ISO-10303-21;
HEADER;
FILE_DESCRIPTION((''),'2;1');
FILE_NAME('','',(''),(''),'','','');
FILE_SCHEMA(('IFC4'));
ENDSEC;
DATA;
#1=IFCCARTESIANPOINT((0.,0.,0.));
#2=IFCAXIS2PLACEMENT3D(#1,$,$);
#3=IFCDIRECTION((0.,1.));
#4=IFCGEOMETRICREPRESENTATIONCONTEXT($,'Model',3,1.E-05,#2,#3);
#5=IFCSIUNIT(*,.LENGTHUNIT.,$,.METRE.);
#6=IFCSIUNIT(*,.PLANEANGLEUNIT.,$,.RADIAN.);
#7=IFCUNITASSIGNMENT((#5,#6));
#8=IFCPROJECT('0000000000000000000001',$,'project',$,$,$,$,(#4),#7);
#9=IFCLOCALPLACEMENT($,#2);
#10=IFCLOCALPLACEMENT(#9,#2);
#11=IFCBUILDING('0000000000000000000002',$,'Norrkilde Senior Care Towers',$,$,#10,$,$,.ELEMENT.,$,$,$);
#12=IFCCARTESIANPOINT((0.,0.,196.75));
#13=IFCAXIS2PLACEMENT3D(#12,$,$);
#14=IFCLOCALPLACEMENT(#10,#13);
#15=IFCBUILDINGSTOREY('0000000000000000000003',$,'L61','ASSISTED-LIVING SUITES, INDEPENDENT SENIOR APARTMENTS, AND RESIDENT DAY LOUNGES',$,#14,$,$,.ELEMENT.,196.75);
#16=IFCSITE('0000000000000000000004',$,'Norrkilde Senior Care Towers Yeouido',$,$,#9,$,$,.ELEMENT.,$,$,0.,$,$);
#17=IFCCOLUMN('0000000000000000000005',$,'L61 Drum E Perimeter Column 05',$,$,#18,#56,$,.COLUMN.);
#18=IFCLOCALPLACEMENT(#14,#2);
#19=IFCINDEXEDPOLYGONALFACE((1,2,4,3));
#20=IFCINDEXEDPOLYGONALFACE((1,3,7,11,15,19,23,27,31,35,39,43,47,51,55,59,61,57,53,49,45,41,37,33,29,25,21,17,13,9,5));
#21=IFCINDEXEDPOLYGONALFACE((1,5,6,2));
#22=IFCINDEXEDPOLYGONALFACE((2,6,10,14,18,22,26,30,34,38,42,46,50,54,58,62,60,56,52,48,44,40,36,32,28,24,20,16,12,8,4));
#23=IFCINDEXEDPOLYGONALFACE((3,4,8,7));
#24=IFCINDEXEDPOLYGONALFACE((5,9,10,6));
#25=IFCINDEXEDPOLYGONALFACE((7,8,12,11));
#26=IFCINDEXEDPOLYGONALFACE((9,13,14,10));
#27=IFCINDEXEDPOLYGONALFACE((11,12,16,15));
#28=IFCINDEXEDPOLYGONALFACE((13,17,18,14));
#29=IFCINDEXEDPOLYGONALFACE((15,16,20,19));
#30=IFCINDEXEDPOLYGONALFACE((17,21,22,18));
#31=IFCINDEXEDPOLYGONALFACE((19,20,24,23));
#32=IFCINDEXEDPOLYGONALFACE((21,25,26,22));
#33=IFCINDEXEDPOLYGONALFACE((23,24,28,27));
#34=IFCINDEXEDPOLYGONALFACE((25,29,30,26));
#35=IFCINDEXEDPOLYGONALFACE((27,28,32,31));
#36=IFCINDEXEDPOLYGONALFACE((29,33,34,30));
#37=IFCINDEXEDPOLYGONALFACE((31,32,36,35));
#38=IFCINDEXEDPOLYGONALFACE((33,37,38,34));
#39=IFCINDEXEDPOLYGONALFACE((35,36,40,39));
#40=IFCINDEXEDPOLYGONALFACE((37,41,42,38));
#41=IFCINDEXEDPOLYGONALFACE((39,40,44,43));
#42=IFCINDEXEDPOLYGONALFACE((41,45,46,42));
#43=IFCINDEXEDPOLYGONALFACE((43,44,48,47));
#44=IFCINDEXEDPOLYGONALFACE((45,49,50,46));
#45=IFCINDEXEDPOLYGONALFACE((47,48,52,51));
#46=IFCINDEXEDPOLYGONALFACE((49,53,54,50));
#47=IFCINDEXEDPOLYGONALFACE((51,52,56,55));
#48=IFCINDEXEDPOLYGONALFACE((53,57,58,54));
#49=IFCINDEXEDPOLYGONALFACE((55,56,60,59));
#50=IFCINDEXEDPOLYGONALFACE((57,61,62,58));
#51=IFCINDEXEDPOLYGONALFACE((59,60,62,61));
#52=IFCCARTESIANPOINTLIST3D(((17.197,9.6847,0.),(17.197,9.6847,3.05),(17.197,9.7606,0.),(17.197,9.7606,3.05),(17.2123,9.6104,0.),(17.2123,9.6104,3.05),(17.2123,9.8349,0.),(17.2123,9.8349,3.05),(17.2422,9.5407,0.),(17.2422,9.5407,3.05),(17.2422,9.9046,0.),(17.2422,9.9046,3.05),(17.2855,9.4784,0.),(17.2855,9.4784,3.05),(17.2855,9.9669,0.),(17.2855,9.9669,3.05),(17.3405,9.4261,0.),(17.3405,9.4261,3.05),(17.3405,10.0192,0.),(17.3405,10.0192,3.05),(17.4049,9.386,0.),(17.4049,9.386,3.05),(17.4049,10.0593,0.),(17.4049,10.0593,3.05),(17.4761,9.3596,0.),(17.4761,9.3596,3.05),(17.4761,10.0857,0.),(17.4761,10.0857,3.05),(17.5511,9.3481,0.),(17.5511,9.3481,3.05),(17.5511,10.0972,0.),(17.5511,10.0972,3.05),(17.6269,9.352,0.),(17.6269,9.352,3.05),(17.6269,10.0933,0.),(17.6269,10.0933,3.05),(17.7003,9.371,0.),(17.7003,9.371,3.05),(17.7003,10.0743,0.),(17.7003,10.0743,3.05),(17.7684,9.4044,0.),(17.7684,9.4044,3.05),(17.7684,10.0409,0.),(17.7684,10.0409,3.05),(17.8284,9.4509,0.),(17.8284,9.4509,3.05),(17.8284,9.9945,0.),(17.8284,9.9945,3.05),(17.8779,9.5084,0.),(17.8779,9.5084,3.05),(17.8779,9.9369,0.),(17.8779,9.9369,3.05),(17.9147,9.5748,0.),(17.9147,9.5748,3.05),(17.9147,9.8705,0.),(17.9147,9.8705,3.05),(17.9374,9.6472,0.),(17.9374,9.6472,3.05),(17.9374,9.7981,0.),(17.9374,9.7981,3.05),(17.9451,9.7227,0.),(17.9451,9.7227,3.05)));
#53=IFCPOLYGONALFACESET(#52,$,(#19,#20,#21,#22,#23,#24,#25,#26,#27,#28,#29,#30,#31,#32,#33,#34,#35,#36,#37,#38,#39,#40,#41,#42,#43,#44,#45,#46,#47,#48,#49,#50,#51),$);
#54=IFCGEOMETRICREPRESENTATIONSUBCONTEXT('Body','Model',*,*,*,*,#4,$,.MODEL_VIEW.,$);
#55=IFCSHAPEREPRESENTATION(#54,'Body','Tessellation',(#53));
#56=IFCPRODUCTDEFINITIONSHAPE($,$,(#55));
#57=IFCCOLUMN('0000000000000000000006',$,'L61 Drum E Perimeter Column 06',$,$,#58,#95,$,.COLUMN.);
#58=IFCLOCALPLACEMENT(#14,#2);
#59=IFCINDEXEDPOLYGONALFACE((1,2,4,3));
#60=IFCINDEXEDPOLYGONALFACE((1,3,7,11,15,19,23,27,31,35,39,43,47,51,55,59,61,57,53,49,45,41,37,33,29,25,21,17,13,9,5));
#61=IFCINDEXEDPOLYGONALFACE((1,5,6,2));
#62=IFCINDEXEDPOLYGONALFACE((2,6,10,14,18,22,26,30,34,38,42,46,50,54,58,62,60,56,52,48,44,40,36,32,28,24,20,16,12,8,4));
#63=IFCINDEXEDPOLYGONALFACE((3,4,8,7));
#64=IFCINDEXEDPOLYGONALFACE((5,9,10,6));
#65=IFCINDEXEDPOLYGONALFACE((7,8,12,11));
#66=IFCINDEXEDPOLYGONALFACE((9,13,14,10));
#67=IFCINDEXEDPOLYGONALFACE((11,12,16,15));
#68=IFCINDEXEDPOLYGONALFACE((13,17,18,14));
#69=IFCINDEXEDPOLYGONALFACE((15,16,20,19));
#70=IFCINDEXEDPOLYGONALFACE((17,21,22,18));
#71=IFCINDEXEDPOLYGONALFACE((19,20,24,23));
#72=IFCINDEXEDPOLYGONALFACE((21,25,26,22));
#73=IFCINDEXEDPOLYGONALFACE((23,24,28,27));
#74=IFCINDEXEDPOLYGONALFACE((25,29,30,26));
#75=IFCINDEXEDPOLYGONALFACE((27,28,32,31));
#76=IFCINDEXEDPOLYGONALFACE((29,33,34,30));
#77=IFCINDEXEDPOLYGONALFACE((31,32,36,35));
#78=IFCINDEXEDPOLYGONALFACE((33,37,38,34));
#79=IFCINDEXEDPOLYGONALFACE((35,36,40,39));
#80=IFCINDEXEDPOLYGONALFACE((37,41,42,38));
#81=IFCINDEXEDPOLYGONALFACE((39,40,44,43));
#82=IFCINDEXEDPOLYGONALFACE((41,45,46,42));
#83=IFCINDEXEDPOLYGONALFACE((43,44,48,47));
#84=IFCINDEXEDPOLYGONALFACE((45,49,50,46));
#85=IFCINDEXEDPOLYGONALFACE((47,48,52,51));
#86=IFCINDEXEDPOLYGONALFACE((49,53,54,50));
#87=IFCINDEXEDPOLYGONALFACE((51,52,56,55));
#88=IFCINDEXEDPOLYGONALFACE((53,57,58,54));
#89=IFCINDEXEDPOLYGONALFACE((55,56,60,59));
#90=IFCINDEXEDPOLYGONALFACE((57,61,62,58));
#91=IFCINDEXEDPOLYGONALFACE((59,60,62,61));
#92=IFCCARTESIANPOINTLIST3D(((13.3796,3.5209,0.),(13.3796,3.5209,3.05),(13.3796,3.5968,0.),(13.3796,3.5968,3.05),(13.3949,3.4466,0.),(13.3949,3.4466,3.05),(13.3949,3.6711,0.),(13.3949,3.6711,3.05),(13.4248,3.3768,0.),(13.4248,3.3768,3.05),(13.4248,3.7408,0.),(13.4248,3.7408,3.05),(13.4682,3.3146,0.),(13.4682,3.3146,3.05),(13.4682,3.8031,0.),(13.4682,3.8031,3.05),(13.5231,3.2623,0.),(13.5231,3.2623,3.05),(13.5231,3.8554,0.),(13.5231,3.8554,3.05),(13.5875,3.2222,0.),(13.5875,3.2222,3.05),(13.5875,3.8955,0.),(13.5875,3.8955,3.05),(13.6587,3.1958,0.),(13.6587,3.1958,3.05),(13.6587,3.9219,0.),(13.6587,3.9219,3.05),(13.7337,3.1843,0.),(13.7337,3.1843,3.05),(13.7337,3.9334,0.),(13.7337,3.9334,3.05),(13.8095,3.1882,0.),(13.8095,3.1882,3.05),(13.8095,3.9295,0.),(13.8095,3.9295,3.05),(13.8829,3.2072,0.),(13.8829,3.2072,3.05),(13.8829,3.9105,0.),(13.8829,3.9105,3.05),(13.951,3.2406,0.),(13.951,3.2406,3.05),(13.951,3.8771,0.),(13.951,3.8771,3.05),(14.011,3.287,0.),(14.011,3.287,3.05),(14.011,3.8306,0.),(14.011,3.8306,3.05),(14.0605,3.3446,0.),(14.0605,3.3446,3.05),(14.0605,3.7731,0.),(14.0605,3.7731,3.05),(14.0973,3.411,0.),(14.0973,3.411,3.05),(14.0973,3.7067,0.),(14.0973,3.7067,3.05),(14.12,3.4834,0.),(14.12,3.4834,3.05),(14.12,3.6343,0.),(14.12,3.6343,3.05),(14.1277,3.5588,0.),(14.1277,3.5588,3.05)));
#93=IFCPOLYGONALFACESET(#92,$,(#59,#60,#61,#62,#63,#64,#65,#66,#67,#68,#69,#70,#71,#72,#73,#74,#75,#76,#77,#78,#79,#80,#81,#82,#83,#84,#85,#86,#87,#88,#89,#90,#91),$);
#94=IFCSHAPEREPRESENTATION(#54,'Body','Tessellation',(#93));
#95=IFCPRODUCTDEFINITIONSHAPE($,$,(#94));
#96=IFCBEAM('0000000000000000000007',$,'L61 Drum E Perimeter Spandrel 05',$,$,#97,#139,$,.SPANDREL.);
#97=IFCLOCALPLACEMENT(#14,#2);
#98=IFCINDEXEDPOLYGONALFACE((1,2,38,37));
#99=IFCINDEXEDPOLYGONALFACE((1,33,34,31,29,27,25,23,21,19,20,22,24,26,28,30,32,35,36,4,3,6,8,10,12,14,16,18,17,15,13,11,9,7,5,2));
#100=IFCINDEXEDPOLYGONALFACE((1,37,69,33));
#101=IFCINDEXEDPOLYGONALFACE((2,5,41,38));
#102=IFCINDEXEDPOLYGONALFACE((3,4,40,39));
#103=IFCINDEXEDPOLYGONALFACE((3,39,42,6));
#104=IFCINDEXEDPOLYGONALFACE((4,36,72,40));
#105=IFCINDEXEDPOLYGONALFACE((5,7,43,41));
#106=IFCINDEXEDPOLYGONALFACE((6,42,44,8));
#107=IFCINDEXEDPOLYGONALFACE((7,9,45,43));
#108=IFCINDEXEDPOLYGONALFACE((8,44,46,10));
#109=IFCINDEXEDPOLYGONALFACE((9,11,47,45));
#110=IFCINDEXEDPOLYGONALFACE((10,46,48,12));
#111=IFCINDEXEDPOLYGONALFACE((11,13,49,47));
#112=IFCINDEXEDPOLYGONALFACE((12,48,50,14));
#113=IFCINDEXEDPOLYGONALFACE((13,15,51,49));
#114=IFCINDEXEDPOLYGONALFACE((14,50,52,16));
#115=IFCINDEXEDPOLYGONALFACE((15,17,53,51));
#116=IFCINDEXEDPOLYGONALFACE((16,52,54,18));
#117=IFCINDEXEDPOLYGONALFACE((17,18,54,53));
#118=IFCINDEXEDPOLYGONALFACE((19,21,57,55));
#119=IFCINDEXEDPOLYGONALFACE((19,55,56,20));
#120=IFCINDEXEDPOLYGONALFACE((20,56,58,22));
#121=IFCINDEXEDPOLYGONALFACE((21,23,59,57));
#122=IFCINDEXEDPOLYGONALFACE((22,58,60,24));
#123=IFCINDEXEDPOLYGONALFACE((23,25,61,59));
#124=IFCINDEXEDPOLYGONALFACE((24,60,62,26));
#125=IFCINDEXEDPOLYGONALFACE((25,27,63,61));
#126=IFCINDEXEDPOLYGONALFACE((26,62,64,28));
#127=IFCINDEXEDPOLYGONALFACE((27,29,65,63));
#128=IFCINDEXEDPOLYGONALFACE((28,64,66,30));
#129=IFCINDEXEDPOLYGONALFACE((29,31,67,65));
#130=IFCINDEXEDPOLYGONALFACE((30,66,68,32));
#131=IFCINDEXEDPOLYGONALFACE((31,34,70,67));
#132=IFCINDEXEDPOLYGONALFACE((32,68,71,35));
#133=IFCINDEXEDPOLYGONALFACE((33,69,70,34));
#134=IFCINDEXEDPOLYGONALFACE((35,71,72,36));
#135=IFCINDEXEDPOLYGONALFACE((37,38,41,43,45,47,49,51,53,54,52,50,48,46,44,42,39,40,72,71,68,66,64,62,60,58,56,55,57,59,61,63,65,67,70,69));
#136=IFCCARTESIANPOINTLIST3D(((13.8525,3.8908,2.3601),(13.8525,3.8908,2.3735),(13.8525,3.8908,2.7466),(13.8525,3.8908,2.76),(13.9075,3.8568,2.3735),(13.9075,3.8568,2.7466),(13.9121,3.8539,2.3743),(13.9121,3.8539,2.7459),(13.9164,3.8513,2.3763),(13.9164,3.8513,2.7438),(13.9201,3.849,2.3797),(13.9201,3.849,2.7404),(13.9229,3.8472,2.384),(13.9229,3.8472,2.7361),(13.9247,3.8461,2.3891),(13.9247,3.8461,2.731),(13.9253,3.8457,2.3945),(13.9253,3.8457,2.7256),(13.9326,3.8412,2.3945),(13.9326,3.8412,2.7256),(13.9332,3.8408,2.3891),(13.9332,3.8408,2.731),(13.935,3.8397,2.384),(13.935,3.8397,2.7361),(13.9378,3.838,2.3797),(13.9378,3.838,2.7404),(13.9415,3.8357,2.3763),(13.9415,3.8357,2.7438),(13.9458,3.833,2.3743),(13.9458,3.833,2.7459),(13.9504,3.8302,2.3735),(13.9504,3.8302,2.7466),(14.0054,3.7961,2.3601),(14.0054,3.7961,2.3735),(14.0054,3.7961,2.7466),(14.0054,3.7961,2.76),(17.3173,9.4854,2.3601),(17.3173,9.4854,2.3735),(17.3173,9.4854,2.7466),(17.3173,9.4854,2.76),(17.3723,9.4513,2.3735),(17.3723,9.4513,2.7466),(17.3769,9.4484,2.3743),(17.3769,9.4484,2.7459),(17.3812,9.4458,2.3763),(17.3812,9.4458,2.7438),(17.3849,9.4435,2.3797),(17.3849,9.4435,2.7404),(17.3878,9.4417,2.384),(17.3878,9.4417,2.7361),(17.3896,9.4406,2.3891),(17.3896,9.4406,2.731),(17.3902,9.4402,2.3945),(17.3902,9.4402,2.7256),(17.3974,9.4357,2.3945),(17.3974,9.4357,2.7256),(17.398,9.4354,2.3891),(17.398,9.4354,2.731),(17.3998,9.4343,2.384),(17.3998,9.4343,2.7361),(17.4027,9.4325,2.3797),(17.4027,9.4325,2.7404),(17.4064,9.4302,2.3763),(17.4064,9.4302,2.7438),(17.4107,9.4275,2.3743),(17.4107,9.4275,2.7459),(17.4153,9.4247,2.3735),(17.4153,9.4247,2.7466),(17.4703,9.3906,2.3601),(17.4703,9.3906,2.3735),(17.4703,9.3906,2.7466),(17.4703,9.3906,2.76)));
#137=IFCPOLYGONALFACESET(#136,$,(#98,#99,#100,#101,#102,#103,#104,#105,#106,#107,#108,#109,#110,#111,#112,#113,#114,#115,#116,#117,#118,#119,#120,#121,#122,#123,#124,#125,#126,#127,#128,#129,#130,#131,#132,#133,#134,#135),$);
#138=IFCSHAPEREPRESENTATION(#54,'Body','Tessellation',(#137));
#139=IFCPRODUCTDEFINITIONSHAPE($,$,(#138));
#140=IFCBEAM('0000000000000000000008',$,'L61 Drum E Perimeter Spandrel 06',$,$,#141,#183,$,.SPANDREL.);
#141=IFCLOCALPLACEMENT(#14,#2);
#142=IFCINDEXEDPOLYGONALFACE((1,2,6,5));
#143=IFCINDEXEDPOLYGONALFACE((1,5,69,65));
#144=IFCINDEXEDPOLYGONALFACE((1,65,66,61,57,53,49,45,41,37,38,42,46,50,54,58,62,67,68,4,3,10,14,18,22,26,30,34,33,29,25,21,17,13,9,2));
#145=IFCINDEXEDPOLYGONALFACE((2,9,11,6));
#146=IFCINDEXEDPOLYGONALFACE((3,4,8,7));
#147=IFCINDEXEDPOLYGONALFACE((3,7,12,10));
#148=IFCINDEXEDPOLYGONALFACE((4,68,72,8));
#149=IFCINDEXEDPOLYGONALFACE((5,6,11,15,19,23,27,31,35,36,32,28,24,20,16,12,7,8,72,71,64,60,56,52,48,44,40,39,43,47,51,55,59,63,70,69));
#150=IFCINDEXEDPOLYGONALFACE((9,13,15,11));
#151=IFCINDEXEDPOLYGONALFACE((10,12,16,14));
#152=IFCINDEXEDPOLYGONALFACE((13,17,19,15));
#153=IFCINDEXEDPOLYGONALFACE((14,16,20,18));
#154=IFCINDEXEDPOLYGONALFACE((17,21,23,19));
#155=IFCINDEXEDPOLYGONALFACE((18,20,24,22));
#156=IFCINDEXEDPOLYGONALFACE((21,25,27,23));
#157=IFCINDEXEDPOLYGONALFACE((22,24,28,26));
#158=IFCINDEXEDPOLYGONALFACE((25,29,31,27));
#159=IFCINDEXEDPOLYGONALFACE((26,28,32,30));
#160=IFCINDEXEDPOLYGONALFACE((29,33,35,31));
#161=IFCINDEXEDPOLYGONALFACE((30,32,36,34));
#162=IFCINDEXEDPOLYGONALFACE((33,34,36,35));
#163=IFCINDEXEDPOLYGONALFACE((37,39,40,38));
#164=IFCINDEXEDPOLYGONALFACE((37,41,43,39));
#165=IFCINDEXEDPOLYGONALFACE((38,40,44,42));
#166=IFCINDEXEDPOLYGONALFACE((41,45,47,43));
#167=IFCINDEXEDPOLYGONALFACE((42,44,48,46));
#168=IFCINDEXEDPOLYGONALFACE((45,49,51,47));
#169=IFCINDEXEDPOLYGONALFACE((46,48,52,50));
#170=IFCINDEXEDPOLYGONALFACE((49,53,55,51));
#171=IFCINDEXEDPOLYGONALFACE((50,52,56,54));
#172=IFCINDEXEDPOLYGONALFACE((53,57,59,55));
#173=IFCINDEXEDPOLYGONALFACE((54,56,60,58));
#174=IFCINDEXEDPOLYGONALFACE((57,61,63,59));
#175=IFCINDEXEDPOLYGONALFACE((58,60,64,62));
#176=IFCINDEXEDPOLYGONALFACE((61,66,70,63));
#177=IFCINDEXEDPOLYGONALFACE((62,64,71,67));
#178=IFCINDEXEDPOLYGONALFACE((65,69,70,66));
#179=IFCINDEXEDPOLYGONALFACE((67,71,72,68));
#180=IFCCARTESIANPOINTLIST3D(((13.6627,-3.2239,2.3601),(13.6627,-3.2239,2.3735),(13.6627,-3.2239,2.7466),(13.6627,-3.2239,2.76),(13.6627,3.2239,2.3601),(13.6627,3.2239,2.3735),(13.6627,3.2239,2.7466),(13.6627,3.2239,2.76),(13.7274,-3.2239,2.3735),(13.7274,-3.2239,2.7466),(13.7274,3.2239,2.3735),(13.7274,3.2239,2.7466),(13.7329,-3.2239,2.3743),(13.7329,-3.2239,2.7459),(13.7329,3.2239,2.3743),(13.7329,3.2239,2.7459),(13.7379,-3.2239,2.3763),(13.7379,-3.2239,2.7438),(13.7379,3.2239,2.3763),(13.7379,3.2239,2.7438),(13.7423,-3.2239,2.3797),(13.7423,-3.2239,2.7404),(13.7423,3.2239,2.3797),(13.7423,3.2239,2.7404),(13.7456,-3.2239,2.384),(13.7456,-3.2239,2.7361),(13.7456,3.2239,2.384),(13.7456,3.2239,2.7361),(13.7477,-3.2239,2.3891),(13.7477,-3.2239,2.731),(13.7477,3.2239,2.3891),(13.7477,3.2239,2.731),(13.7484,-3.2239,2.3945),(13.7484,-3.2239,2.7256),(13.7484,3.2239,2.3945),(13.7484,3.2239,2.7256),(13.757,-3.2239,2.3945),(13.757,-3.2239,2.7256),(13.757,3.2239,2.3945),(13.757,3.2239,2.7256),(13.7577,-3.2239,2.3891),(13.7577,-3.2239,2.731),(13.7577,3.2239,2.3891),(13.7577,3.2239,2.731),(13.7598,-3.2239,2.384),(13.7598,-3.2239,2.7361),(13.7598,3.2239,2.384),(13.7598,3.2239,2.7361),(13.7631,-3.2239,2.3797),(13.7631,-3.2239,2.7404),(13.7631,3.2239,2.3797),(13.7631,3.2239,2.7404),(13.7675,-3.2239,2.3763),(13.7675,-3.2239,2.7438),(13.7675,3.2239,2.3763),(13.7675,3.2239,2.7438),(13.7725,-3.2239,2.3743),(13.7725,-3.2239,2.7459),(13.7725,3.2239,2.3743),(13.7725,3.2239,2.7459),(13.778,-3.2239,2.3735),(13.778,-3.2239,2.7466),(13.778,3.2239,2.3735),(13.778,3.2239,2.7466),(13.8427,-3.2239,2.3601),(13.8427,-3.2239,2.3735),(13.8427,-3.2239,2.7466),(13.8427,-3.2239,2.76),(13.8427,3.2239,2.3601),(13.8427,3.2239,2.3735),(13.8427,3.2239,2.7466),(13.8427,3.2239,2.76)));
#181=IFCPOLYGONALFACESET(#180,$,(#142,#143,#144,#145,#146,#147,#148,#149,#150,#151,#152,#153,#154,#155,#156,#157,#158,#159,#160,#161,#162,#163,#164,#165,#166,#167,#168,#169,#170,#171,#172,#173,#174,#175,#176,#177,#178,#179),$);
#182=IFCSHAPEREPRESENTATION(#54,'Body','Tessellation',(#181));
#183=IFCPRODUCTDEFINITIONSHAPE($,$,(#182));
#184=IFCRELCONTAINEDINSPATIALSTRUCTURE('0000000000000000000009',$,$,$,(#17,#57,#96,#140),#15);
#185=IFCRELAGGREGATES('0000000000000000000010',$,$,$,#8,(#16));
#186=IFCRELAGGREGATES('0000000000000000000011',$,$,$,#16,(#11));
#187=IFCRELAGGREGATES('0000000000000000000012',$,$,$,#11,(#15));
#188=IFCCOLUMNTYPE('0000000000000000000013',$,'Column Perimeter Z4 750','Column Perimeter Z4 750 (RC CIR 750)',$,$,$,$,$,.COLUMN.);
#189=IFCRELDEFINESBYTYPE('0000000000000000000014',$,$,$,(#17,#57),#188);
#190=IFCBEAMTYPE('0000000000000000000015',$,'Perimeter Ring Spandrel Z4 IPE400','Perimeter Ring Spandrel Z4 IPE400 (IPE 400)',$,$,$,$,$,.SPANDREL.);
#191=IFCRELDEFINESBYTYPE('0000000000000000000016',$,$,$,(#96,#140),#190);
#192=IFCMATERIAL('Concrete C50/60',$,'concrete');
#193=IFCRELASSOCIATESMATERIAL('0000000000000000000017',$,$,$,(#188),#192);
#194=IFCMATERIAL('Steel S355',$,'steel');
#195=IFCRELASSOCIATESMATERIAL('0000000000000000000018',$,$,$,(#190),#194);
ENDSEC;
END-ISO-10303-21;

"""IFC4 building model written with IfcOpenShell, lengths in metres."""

from ifc_helpers import new_model, si_unit, direction, frame, origin, origin_2d, place, context, subcontext, project, spatial, circle, i_section, extrude, source, transform, mapped, material, material_profile, profile_set, type_object, type_shapes, element, save


model = new_model("IFC4")

# Units and contexts
model_context = context("Model", 3, precision=1e-05, world=origin(), true_north=direction((0.0, 1.0)))
body_context = subcontext(model_context, "Body", "Model", "MODEL_VIEW")
ifc_project = project(units=[si_unit("LENGTHUNIT", "METRE"), si_unit("PLANEANGLEUNIT", "RADIAN")], contexts=[model_context])

# Site, building, storey
site_placement = place(None, origin())
site = spatial("IfcSite", under=ifc_project, at=site_placement, Name="Norrkilde Senior Care Towers Yeouido", CompositionType="ELEMENT", RefElevation=0.0)
building_placement = place(site_placement, origin())
building = spatial("IfcBuilding", under=site, at=building_placement, Name="Norrkilde Senior Care Towers", CompositionType="ELEMENT")
storey_placement = place(building_placement, frame((0.0, 0.0, 196.75)))
storey = spatial("IfcBuildingStorey", under=building, at=storey_placement, Name="L61", Description="ASSISTED-LIVING SUITES, INDEPENDENT SENIOR APARTMENTS, AND RESIDENT DAY LOUNGES", CompositionType="ELEMENT", Elevation=196.75)

# Columns
ifc_material_1 = material(Name="Concrete C50/60", Category="concrete")
ifc_material_profile_1 = material_profile(ifc_material_1, circle(Radius=0.375, at=origin_2d()), Name="RC CIR 750")
ifc_profile_set_1 = profile_set([ifc_material_profile_1], Name="Concrete C50/60")
column_type = type_object("IfcColumnType", Name="Column Perimeter Z4 750", Description="Column Perimeter Z4 750 (RC CIR 750)", PredefinedType="COLUMN", material=ifc_profile_set_1)
shared_shape_1 = source(origin(), body_context, "Body", "SweptSolid", [
    extrude(circle(Radius=0.375, at=origin_2d()), origin(), (0.0, 0.0, 1.0), 3.05),
])
type_shapes(column_type, [shared_shape_1])
for number, where, z_axis, x_axis, name in (
    (1, (17.5701, 9.7227, 0.0), (0.0, 0.0, 1.0), (1.0, 0.0, 0.0), "L61 Drum E Perimeter Column 05"),
    (2, (13.7527, 3.5588, 0.0), (0.0, 0.0, 1.0), (1.0, 0.0, 0.0), "L61 Drum E Perimeter Column 06"),
):
    element("IfcColumn", number, at=place(storey_placement, frame(where, z_axis=z_axis, x_axis=x_axis)), inside=storey, type_object=column_type, Name=name, PredefinedType="COLUMN", context=body_context, shape_type="MappedRepresentation", body=[
        mapped(shared_shape_1, transform((0.0, 0.0, 0.0), x_axis=(1.0, 0.0, 0.0), y_axis=(0.0, 1.0, 0.0), z_axis=(0.0, 0.0, 1.0), scale=1.0)),
    ])

# Beams
ifc_material_2 = material(Name="Steel S355", Category="steel")
ifc_material_profile_2 = material_profile(ifc_material_2, i_section(OverallWidth=0.1799, OverallDepth=0.3999, WebThickness=0.0085, FlangeThickness=0.0134, FilletRadius=0.021, at=origin_2d()), Name="IPE 400")
ifc_profile_set_2 = profile_set([ifc_material_profile_2], Name="Steel S355")
beam_type_1 = type_object("IfcBeamType", Name="Perimeter Ring Spandrel Z4 IPE400", Description="Perimeter Ring Spandrel Z4 IPE400 (IPE 400)", PredefinedType="SPANDREL", material=ifc_profile_set_2)
shared_shape_2 = source(origin(), body_context, "Body", "SweptSolid", [
    extrude(i_section(OverallWidth=0.1799, OverallDepth=0.3999, WebThickness=0.0085, FlangeThickness=0.0134, FilletRadius=0.021, at=origin_2d()), origin(), (0.0, 0.0, 1.0), 6.5806),
])
beam_1_placement = place(storey_placement, frame((17.3938, 9.438, 2.5601), z_axis=(-0.52653, -0.850157, 0.0), x_axis=(0.850157, -0.52653, 0.0)))
element("IfcBeam", 3, at=beam_1_placement, inside=storey, type_object=beam_type_1, Name="L61 Drum E Perimeter Spandrel 05", PredefinedType="SPANDREL", context=body_context, shape_type="MappedRepresentation", body=[
    mapped(shared_shape_2, transform((0.0, 0.0, 0.0), x_axis=(1.0, 0.0, 0.0), y_axis=(0.0, 1.0, 0.0), z_axis=(0.0, 0.0, 1.0), scale=1.0)),
])
shared_shape_3 = source(origin(), body_context, "Body", "SweptSolid", [
    extrude(i_section(OverallWidth=0.1799, OverallDepth=0.3999, WebThickness=0.0085, FlangeThickness=0.0134, FilletRadius=0.021, at=origin_2d()), origin(), (0.0, 0.0, 1.0), 6.4478),
])
type_shapes(beam_type_1, [shared_shape_2, shared_shape_3])
beam_2_placement = place(storey_placement, frame((13.7527, 3.2239, 2.5601), z_axis=(0.0, -1.0, 0.0), x_axis=(1.0, 0.0, 0.0)))
element("IfcBeam", 4, at=beam_2_placement, inside=storey, type_object=beam_type_1, Name="L61 Drum E Perimeter Spandrel 06", PredefinedType="SPANDREL", context=body_context, shape_type="MappedRepresentation", body=[
    mapped(shared_shape_3, transform((0.0, 0.0, 0.0), x_axis=(1.0, 0.0, 0.0), y_axis=(0.0, 1.0, 0.0), z_axis=(0.0, 0.0, 1.0), scale=1.0)),
])

save(model, "model.ifc")
